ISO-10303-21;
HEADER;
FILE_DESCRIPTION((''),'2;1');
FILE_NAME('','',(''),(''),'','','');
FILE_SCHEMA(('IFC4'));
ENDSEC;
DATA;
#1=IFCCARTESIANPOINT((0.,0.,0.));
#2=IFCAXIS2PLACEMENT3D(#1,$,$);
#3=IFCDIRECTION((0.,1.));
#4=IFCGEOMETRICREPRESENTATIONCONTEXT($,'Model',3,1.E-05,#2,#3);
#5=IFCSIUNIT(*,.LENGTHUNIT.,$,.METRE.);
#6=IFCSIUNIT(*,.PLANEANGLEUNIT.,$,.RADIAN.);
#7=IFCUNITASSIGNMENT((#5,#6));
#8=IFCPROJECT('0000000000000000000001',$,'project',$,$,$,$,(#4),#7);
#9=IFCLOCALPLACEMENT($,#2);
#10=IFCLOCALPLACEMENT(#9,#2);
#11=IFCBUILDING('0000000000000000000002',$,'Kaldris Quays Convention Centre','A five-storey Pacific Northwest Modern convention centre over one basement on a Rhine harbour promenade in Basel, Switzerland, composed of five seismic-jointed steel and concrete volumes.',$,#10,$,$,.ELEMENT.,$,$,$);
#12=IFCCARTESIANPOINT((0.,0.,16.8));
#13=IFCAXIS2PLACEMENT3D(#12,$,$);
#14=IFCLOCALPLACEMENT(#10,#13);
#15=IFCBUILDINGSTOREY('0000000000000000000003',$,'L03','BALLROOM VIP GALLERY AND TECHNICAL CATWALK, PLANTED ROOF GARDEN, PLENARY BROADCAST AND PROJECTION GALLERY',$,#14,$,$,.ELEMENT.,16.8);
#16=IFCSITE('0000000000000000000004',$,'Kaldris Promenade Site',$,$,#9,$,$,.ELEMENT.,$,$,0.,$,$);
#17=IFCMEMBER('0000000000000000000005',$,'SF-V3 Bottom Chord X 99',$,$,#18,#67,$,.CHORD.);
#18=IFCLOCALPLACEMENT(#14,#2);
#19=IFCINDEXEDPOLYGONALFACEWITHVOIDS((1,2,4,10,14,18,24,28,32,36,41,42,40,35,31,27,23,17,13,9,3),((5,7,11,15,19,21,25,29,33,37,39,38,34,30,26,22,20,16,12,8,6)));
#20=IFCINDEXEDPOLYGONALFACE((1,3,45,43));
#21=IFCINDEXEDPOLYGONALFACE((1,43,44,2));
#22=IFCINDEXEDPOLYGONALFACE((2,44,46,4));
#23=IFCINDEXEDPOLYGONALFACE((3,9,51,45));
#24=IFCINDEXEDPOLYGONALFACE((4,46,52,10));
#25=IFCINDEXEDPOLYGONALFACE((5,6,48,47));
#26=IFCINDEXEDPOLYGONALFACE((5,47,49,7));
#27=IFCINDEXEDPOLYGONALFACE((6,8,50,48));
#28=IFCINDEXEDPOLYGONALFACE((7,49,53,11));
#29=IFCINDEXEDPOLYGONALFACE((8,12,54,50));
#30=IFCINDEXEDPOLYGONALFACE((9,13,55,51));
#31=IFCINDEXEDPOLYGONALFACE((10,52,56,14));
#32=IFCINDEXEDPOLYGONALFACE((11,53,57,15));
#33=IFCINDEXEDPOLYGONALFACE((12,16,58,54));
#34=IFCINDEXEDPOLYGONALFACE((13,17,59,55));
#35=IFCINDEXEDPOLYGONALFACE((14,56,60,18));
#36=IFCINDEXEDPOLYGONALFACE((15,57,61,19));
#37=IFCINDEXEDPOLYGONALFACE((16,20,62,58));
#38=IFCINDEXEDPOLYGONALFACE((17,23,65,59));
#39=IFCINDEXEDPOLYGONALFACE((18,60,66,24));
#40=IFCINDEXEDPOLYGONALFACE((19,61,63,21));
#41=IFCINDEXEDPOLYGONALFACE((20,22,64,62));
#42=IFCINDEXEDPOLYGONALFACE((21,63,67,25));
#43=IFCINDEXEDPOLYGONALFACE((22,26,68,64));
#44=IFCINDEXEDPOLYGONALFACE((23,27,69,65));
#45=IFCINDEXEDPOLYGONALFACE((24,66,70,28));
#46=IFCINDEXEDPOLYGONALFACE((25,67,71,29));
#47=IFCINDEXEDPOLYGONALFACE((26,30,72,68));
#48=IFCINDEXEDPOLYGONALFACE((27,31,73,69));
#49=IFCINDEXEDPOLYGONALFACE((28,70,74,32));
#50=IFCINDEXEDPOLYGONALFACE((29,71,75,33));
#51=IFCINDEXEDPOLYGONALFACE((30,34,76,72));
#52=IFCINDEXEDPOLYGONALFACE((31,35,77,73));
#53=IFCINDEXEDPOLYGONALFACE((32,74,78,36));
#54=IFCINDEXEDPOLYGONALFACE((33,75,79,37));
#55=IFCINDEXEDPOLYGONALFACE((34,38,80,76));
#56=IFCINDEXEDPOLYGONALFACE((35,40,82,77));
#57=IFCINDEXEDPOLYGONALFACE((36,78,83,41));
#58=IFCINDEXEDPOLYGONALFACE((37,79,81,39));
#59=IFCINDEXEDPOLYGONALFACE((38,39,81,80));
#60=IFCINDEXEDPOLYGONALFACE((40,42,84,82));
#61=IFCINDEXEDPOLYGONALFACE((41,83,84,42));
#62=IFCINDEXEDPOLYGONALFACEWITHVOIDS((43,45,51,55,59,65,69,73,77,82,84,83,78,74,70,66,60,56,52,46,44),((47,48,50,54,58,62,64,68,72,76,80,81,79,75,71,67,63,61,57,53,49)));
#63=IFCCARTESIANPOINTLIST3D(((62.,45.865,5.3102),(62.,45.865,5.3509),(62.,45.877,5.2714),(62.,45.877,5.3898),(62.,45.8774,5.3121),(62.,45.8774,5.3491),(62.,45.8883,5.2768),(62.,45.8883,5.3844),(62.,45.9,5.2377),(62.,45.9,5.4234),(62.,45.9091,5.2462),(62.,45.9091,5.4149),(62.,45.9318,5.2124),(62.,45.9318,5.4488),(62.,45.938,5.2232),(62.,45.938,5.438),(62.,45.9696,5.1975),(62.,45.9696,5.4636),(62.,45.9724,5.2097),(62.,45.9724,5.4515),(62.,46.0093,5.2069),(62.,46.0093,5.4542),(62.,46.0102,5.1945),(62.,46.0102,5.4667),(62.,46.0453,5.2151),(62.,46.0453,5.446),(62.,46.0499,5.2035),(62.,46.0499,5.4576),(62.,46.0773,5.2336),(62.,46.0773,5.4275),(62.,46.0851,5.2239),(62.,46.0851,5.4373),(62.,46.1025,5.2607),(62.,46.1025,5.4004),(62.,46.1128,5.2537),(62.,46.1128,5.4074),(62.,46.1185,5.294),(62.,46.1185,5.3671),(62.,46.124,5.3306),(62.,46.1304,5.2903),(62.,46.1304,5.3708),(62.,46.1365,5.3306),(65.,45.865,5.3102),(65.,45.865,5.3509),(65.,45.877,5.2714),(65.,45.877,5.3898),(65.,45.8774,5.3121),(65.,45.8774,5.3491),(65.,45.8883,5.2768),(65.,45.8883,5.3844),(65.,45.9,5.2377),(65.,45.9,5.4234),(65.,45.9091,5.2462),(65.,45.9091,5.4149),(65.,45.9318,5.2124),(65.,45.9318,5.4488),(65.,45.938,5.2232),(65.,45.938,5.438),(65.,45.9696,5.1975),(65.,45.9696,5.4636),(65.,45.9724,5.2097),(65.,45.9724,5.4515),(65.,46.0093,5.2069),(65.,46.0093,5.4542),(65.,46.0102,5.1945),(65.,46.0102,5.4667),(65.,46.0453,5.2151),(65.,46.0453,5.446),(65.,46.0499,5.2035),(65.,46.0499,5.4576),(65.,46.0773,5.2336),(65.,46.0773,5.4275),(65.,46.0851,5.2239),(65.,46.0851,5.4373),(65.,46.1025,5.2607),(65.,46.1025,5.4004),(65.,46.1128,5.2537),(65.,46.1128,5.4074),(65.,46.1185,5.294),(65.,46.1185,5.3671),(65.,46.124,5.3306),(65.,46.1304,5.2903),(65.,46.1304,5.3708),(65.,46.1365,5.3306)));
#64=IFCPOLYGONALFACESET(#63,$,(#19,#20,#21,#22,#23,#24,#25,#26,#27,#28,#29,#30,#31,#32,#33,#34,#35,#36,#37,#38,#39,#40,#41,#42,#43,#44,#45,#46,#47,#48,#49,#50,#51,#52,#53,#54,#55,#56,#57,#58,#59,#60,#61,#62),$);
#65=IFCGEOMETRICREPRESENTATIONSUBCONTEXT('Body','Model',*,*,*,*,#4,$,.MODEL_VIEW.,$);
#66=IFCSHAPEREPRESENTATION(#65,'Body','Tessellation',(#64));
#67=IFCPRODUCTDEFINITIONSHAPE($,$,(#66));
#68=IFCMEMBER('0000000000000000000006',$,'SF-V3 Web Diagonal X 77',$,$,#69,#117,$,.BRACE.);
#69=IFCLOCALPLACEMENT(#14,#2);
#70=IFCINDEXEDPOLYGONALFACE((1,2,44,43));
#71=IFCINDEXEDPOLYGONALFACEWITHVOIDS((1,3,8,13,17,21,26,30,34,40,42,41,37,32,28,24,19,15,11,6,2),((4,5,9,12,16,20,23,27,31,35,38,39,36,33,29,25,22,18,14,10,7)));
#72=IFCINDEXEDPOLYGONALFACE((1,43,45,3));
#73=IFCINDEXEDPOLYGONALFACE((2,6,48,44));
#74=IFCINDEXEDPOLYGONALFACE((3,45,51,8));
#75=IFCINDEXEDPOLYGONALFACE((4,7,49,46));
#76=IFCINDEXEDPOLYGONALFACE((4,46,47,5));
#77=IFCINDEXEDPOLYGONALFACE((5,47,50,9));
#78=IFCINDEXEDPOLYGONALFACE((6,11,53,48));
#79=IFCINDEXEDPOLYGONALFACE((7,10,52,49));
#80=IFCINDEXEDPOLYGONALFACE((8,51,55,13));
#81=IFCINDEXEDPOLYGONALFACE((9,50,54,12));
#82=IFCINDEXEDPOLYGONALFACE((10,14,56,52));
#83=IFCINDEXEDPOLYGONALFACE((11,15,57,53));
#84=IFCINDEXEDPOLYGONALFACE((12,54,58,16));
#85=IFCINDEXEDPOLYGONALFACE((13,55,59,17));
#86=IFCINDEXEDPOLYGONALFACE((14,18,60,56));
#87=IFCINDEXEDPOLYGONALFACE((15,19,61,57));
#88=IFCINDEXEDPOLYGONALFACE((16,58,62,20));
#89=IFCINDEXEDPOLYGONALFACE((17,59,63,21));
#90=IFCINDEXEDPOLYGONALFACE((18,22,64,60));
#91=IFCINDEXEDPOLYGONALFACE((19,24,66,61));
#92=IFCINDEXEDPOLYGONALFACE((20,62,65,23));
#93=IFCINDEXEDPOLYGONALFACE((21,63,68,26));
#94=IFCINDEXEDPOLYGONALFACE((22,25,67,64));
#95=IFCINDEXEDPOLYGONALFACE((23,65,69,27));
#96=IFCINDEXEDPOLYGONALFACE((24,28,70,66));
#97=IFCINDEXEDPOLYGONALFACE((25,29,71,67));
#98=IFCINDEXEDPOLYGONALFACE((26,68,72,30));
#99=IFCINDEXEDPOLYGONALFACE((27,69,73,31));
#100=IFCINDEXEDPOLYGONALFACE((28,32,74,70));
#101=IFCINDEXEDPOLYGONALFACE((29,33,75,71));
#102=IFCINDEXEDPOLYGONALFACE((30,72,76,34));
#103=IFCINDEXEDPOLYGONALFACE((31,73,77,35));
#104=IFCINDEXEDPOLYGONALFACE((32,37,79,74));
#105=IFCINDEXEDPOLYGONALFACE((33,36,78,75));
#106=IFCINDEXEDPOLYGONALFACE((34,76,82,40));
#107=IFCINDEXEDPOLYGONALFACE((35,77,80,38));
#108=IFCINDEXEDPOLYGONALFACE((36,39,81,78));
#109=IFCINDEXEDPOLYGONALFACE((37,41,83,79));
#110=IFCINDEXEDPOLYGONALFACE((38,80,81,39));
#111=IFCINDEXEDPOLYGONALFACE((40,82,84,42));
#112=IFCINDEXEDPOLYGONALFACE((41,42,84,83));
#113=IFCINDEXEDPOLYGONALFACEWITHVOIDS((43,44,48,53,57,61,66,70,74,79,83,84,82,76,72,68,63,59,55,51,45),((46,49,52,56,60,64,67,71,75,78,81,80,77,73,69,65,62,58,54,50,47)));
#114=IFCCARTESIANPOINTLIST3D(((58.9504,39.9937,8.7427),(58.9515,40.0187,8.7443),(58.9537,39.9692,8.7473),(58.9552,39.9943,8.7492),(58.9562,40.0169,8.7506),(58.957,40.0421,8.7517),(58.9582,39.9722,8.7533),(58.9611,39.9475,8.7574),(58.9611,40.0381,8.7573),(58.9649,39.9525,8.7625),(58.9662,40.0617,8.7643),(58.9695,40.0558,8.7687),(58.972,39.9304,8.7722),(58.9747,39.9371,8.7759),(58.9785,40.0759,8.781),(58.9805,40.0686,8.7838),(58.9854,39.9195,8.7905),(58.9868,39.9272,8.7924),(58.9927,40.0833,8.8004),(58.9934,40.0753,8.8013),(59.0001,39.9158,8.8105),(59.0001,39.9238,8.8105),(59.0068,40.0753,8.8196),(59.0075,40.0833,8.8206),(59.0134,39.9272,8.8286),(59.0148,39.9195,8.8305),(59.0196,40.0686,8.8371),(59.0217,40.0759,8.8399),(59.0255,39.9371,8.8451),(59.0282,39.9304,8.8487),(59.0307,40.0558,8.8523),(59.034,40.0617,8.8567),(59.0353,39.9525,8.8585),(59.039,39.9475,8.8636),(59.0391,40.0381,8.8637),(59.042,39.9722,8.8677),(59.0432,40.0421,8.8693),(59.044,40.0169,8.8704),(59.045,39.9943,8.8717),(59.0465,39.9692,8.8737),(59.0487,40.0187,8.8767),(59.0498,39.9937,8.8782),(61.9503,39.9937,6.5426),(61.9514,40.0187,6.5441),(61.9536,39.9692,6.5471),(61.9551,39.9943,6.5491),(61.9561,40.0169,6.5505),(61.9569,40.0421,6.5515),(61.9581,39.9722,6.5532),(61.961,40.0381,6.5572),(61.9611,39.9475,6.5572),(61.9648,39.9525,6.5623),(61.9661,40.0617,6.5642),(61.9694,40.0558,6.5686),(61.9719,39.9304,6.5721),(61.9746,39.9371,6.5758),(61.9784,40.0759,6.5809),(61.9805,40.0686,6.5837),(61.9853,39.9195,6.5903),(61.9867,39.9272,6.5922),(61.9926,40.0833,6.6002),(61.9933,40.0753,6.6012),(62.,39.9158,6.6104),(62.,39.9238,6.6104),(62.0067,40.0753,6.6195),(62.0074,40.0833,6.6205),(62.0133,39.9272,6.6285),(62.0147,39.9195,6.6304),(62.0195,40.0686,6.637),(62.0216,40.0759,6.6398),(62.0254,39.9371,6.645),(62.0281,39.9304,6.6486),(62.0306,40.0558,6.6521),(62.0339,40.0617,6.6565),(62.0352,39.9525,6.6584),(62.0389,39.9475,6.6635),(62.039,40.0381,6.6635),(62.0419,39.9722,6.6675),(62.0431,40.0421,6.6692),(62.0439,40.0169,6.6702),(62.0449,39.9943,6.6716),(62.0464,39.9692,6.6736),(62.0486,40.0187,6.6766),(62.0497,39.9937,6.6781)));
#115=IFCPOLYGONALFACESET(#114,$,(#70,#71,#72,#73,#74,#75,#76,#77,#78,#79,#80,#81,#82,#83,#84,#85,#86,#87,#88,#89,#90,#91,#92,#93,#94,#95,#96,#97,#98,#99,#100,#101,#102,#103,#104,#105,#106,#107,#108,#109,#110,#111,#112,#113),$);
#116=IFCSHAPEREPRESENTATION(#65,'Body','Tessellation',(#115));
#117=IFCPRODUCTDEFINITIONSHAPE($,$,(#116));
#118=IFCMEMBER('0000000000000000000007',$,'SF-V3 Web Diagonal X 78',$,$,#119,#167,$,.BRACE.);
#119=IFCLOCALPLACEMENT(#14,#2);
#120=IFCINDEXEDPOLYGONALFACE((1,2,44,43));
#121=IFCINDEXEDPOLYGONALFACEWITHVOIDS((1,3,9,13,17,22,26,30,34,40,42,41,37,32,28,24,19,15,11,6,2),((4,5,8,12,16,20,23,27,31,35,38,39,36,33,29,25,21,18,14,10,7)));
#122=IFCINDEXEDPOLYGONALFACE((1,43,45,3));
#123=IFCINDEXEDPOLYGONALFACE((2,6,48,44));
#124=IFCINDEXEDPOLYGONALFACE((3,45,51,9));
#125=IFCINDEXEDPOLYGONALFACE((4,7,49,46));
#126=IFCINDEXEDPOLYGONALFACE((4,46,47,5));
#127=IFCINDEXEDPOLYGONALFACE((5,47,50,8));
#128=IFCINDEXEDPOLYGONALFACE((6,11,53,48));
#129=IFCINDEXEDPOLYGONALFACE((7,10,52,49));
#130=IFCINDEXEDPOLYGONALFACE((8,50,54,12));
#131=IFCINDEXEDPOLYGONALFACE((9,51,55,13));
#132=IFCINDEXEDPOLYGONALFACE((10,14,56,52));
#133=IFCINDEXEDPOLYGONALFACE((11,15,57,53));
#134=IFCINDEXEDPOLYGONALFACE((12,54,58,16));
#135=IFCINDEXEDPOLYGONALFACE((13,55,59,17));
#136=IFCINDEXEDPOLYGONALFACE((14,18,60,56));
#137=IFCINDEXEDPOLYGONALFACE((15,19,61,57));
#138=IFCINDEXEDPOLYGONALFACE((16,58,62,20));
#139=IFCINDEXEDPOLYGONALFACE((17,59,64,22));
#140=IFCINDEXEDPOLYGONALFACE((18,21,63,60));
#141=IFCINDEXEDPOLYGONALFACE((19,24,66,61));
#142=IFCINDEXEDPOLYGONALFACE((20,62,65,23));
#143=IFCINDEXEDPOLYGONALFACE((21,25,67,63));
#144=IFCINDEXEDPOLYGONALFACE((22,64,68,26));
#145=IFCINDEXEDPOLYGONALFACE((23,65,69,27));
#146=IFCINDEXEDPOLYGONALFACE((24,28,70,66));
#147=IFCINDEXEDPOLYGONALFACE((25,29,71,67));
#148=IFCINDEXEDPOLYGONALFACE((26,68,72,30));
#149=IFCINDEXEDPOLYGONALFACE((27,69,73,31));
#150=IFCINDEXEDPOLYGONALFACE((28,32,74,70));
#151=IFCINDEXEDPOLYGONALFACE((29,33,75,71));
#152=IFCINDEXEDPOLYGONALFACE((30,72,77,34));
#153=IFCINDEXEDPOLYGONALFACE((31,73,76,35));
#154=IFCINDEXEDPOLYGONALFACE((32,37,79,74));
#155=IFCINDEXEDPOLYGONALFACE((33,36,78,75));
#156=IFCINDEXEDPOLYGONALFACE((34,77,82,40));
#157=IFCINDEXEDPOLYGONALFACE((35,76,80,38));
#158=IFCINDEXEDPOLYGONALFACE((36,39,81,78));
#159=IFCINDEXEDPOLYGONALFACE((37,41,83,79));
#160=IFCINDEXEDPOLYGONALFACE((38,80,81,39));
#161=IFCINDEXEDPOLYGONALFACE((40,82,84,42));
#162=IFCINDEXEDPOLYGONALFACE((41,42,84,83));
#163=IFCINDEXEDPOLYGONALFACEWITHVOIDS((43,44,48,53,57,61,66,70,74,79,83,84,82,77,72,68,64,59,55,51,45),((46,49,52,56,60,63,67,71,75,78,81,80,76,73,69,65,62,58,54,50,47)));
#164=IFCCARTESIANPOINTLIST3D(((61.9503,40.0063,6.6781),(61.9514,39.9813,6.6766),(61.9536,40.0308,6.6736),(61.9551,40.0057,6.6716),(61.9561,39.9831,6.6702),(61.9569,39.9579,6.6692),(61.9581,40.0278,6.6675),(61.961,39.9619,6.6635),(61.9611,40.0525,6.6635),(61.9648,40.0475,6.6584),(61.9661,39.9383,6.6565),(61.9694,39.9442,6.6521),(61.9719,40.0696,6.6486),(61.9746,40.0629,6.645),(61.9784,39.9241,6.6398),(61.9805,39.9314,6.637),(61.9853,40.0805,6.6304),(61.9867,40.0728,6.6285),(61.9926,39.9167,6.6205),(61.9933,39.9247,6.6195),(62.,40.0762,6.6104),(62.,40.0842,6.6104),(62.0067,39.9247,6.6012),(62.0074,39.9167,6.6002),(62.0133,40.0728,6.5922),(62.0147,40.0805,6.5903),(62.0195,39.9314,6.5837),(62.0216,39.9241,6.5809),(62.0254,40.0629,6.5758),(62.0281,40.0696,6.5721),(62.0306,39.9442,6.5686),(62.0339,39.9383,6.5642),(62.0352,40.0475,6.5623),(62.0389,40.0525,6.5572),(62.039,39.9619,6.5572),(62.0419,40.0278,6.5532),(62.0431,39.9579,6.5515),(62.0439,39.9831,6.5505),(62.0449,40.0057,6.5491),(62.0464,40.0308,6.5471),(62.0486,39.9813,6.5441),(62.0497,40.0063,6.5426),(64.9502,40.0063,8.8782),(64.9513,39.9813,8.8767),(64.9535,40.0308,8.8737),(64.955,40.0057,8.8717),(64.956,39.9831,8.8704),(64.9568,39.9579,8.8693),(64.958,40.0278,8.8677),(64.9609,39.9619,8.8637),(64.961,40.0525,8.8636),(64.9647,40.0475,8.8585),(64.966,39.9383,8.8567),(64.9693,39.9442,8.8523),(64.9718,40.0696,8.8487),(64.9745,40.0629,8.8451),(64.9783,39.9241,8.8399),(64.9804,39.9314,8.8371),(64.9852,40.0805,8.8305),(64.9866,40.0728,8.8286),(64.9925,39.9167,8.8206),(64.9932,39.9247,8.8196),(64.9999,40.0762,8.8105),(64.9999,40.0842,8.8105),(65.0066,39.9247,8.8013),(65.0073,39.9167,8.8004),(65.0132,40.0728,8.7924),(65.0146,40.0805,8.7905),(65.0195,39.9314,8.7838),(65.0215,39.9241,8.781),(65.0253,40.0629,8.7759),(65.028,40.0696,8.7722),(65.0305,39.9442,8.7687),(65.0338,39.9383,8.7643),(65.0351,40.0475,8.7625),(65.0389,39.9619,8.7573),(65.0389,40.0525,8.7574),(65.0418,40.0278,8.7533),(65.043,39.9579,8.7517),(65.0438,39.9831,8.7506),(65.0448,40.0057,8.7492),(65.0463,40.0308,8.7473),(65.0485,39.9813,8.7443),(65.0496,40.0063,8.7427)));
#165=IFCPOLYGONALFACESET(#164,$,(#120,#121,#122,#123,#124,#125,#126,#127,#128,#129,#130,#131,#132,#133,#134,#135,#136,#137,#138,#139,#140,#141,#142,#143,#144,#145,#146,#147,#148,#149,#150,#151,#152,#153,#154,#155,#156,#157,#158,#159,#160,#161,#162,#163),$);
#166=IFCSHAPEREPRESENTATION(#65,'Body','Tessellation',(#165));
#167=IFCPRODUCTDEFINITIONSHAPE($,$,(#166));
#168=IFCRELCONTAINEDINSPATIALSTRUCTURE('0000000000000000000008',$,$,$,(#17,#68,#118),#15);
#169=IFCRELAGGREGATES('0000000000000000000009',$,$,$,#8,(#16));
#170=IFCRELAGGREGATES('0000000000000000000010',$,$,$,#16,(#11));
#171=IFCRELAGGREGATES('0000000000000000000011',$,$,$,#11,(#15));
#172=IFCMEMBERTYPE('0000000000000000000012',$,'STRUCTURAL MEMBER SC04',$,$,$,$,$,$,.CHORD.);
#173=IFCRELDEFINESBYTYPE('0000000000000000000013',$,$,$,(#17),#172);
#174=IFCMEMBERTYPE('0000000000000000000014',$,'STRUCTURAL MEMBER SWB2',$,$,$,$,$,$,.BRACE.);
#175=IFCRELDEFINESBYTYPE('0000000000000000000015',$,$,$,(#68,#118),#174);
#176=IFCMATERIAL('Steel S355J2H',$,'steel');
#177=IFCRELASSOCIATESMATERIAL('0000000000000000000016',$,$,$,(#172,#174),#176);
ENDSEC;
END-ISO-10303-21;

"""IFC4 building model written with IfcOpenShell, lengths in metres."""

from ifc_helpers import new_model, si_unit, direction, frame, origin, origin_2d, place, context, subcontext, project, spatial, hollow_circle, extrude, material, material_profile, profile_set, type_object, element, save


model = new_model("IFC4")

# Units and contexts
model_context = context("Model", 3, precision=1e-05, world=origin(), true_north=direction((0.0, 1.0)))
body_context = subcontext(model_context, "Body", "Model", "MODEL_VIEW")
ifc_project = project(units=[si_unit("LENGTHUNIT", "METRE"), si_unit("PLANEANGLEUNIT", "RADIAN")], contexts=[model_context])

# Site, building, storey
site_placement = place(None, origin())
site = spatial("IfcSite", under=ifc_project, at=site_placement, Name="Kaldris Promenade Site", CompositionType="ELEMENT", RefElevation=0.0)
building_placement = place(site_placement, origin())
building = spatial("IfcBuilding", under=site, at=building_placement, Name="Kaldris Quays Convention Centre", Description="A five-storey Pacific Northwest Modern convention centre over one basement on a Rhine harbour promenade in Basel, Switzerland, composed of five seismic-jointed steel and concrete volumes.", CompositionType="ELEMENT")
storey_placement = place(building_placement, frame((0.0, 0.0, 16.8)))
storey = spatial("IfcBuildingStorey", under=building, at=storey_placement, Name="L03", Description="BALLROOM VIP GALLERY AND TECHNICAL CATWALK, PLANTED ROOF GARDEN, PLENARY BROADCAST AND PROJECTION GALLERY", CompositionType="ELEMENT", Elevation=16.8)

# Members
ifc_material_1 = material(Name="Steel S355J2H", Category="steel")
ifc_material_profile_1 = material_profile(ifc_material_1, hollow_circle(Radius=0.1365, WallThickness=0.0125, at=origin_2d()), Name="CHS 273x12.5")
ifc_profile_set_1 = profile_set([ifc_material_profile_1], Name="Steel S355J2H")
member_type_1 = type_object("IfcMemberType", Name="STRUCTURAL MEMBER SC04", PredefinedType="CHORD", material=ifc_profile_set_1)
for number, where, z_axis, x_axis, name in (
    (1, (62.0, 46.0, 5.3306), (1.0, 0.0, 0.0), (0.0, 1.0, 0.0), "SF-V3 Bottom Chord X 99"),
):
    element("IfcMember", number, at=place(storey_placement, frame(where, z_axis=z_axis, x_axis=x_axis)), inside=storey, type_object=member_type_1, Name=name, PredefinedType="CHORD", context=body_context, shape_type="SweptSolid", body=[
        extrude(hollow_circle(Radius=0.1365, WallThickness=0.0125, at=origin_2d()), origin(), (0.0, 0.0, 1.0), 3.0),
    ])
ifc_material_profile_2 = material_profile(ifc_material_1, hollow_circle(Radius=0.0842, WallThickness=0.0081, at=origin_2d()), Name="CHS 168.3x8")
ifc_profile_set_2 = profile_set([ifc_material_profile_2], Name="Steel S355J2H")
member_type_2 = type_object("IfcMemberType", Name="STRUCTURAL MEMBER SWB2", PredefinedType="BRACE", material=ifc_profile_set_2)
for number, where, z_axis, x_axis, name in (
    (2, (62.0, 40.0, 6.6104), (-0.80638, 0.0, 0.591398), (0.0, -1.0, 0.0), "SF-V3 Web Diagonal X 77"),
    (3, (62.0, 40.0, 6.6104), (0.80638, 0.0, 0.591398), (0.0, 1.0, 0.0), "SF-V3 Web Diagonal X 78"),
):
    element("IfcMember", number, at=place(storey_placement, frame(where, z_axis=z_axis, x_axis=x_axis)), inside=storey, type_object=member_type_2, Name=name, PredefinedType="BRACE", context=body_context, shape_type="SweptSolid", body=[
        extrude(hollow_circle(Radius=0.0842, WallThickness=0.0081, at=origin_2d()), origin(), (0.0, 0.0, 1.0), 3.7202),
    ])

save(model, "model.ifc")
